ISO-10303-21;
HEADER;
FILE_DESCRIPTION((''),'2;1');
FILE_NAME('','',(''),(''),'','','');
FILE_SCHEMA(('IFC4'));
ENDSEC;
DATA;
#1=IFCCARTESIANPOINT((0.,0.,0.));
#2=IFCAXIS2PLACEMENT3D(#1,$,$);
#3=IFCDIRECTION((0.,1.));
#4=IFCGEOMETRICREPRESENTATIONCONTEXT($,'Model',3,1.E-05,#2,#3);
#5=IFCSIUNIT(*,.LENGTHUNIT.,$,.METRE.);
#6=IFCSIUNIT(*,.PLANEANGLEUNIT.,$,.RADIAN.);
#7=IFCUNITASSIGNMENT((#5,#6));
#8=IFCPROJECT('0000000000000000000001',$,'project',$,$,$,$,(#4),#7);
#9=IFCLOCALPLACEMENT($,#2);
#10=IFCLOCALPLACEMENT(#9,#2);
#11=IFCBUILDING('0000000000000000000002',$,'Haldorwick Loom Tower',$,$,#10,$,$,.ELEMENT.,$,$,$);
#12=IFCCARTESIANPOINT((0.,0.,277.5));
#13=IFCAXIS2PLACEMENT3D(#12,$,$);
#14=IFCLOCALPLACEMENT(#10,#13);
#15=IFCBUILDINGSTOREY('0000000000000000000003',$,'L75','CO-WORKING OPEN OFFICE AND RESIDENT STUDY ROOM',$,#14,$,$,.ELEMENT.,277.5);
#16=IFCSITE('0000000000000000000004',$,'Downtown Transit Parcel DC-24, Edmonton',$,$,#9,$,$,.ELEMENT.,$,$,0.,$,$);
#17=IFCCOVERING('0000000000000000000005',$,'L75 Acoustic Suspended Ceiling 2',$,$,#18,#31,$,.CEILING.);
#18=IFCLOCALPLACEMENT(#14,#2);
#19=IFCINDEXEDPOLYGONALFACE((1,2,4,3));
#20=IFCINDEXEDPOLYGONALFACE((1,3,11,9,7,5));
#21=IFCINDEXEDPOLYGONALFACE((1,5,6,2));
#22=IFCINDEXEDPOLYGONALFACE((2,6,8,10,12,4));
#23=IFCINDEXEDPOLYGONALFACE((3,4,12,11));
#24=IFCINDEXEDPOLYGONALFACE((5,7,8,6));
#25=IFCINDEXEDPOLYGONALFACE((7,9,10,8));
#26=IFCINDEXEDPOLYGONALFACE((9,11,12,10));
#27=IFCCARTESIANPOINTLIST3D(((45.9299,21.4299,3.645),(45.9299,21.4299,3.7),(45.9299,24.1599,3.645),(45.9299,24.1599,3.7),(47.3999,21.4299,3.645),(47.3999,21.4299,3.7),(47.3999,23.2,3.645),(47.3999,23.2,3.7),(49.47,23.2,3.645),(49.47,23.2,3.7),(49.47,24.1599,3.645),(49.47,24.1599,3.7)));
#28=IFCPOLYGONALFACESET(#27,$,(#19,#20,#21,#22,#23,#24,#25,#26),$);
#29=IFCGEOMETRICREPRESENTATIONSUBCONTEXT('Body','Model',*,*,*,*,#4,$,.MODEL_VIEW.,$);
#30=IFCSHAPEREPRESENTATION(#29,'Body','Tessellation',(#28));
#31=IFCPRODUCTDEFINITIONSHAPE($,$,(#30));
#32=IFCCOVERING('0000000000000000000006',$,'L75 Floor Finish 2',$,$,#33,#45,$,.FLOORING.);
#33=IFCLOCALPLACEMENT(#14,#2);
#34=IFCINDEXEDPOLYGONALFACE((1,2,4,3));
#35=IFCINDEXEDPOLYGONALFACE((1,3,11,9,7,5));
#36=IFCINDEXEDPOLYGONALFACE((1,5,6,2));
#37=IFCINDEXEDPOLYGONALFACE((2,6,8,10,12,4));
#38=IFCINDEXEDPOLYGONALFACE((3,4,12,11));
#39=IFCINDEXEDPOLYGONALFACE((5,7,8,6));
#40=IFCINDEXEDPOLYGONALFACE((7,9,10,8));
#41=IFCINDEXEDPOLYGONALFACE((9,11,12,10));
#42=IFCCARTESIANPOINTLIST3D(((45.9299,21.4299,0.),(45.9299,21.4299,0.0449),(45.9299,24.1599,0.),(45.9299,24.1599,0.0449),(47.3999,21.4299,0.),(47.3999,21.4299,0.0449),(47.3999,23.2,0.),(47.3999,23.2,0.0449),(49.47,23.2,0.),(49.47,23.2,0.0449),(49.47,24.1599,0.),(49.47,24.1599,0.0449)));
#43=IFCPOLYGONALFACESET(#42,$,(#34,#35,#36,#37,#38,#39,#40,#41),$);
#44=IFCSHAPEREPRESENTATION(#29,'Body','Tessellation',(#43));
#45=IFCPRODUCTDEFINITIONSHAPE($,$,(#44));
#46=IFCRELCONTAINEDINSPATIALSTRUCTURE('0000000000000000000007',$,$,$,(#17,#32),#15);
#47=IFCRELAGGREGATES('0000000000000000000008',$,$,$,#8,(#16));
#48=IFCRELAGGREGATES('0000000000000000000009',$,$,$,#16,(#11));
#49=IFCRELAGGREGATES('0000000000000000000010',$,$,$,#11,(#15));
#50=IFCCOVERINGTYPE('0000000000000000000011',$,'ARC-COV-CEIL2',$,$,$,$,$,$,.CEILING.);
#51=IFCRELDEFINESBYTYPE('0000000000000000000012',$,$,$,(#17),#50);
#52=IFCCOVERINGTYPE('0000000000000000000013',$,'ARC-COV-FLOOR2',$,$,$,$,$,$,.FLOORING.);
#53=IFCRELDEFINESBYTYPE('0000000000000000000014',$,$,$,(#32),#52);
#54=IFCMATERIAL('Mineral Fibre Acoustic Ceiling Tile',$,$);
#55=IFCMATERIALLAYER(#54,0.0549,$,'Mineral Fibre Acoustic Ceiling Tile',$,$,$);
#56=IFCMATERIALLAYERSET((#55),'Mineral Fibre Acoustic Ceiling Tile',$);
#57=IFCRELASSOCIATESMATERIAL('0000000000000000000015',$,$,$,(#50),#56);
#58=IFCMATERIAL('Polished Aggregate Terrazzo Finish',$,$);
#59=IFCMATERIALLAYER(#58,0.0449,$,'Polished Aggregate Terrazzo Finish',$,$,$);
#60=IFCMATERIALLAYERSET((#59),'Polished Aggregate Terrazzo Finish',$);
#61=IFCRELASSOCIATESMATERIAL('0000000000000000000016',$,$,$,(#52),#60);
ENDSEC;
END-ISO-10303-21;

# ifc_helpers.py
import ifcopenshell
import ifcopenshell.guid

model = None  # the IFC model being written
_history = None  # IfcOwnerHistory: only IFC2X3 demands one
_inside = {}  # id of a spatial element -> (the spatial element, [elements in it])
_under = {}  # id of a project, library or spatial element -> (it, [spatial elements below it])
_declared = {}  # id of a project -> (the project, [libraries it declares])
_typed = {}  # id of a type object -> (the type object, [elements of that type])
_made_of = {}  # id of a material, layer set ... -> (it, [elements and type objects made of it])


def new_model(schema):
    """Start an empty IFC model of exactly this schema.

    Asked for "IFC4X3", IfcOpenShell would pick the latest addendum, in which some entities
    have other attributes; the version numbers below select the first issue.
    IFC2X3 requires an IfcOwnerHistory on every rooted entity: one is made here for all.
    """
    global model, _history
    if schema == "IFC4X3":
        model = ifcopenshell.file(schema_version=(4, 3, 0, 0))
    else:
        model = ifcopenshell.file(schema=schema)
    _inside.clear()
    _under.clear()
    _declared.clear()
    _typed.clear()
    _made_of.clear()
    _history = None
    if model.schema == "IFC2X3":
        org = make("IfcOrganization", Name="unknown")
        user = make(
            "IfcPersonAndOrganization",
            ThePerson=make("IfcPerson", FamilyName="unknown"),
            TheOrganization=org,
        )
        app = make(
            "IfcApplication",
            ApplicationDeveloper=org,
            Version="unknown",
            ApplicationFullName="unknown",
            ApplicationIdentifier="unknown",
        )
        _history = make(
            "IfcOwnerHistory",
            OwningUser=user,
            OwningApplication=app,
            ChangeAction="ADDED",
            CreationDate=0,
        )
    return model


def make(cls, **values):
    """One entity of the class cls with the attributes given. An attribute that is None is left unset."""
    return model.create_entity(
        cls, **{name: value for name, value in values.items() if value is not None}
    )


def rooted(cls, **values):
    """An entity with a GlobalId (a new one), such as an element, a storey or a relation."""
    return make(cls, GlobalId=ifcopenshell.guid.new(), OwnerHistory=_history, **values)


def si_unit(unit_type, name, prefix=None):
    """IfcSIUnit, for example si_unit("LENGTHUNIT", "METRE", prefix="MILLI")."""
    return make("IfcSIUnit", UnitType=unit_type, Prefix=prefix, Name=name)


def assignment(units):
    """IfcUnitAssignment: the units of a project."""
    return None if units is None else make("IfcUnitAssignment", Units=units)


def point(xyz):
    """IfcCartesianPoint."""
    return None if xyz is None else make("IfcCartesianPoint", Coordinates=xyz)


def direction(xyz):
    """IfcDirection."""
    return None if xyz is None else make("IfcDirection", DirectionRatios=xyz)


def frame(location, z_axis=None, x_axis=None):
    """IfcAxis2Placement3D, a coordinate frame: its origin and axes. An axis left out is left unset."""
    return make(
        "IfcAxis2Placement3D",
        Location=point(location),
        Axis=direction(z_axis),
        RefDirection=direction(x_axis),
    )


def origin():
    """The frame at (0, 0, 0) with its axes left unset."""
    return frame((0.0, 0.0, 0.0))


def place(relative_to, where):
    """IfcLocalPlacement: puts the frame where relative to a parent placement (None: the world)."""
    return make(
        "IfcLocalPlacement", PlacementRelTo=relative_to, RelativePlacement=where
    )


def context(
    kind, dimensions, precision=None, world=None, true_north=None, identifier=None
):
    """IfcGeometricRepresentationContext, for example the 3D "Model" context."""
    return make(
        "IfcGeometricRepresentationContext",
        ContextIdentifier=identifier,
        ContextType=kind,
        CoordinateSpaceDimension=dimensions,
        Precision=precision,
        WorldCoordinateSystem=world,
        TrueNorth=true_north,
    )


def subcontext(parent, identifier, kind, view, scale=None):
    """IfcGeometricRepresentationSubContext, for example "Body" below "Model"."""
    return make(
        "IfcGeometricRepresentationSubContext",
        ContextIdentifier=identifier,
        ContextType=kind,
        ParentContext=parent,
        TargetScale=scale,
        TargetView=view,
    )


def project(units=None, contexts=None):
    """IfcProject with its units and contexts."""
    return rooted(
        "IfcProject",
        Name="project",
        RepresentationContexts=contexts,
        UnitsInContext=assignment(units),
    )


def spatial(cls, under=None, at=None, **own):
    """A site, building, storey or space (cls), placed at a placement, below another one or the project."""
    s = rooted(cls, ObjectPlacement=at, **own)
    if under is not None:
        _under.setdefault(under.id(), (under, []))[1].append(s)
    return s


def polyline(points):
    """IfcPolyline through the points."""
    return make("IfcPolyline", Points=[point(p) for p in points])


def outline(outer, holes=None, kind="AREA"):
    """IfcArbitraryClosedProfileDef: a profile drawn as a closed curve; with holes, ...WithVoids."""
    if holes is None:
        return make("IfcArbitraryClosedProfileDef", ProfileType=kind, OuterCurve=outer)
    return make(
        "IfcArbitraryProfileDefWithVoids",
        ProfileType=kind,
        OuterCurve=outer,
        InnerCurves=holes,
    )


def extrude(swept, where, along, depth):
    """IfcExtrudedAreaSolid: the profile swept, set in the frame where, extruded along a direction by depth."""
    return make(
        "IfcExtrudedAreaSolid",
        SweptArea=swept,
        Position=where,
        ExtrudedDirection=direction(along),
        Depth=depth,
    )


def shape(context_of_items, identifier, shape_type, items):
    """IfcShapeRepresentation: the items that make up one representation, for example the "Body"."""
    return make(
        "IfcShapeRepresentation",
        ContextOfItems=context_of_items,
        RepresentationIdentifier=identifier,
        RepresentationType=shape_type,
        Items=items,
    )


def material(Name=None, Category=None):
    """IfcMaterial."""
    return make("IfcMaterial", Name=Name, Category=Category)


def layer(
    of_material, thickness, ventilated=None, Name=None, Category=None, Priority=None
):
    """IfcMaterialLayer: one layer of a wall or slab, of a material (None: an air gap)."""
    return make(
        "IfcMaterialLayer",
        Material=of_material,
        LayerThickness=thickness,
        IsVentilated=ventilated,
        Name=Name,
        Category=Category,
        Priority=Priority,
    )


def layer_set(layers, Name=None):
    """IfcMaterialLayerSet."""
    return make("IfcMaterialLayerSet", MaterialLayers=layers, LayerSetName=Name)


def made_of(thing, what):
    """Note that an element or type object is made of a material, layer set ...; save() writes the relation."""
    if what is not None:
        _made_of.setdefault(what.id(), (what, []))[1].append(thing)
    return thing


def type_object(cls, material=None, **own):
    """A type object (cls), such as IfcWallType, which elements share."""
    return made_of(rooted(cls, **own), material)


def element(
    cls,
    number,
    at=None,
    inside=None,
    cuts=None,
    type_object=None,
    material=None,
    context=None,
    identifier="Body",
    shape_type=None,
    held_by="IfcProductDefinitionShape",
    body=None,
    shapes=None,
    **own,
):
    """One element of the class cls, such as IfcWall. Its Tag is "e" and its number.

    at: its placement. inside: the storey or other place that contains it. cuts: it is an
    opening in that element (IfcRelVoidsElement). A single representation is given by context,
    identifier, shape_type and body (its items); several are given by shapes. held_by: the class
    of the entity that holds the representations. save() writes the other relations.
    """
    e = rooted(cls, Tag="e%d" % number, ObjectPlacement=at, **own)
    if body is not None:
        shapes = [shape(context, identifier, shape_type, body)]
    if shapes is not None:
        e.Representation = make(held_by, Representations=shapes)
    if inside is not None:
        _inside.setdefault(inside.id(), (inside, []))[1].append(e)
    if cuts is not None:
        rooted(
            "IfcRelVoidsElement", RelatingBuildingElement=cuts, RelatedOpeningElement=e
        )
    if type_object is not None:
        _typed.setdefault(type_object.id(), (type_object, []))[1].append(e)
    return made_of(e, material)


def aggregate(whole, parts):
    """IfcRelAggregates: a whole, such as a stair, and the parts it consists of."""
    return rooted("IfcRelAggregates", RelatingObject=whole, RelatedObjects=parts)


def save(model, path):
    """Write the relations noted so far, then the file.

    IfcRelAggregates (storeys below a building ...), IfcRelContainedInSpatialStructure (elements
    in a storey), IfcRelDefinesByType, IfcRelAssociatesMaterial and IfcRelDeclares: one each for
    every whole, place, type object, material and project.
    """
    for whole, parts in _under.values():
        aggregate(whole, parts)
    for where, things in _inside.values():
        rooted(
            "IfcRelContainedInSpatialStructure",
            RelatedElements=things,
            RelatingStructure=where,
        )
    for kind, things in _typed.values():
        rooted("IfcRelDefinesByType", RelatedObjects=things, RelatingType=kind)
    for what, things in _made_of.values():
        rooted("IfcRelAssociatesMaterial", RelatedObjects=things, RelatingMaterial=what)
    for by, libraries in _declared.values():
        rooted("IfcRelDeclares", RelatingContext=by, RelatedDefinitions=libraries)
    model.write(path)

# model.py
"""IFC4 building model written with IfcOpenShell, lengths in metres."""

from ifc_helpers import new_model, si_unit, direction, frame, origin, place, context, subcontext, project, spatial, polyline, outline, extrude, material, layer, layer_set, type_object, element, save


model = new_model("IFC4")

# Units and contexts
model_context = context("Model", 3, precision=1e-05, world=origin(), true_north=direction((0.0, 1.0)))
body_context = subcontext(model_context, "Body", "Model", "MODEL_VIEW")
ifc_project = project(units=[si_unit("LENGTHUNIT", "METRE"), si_unit("PLANEANGLEUNIT", "RADIAN")], contexts=[model_context])

# Site, building, storey
site_placement = place(None, origin())
site = spatial("IfcSite", under=ifc_project, at=site_placement, Name="Downtown Transit Parcel DC-24, Edmonton", CompositionType="ELEMENT", RefElevation=0.0)
building_placement = place(site_placement, origin())
building = spatial("IfcBuilding", under=site, at=building_placement, Name="Haldorwick Loom Tower", CompositionType="ELEMENT")
storey_placement = place(building_placement, frame((0.0, 0.0, 277.5)))
storey = spatial("IfcBuildingStorey", under=building, at=storey_placement, Name="L75", Description="CO-WORKING OPEN OFFICE AND RESIDENT STUDY ROOM", CompositionType="ELEMENT", Elevation=277.5)

# Coverings
ifc_material_1 = material(Name="Mineral Fibre Acoustic Ceiling Tile")
ifc_layer_1 = layer(ifc_material_1, 0.0549, Name="Mineral Fibre Acoustic Ceiling Tile")
ifc_layer_set_1 = layer_set([ifc_layer_1], Name="Mineral Fibre Acoustic Ceiling Tile")
covering_type_1 = type_object("IfcCoveringType", Name="ARC-COV-CEIL2", PredefinedType="CEILING", material=ifc_layer_set_1)
covering_1_placement = place(storey_placement, frame((0.0, 0.0, 3.645)))
element("IfcCovering", 1, at=covering_1_placement, inside=storey, type_object=covering_type_1, Name="L75 Acoustic Suspended Ceiling 2", PredefinedType="CEILING", context=body_context, shape_type="SweptSolid", body=[
    extrude(outline(polyline([(45.9299, 24.1599), (45.9299, 21.4299), (47.3999, 21.4299), (47.3999, 23.2), (49.47, 23.2), (49.47, 24.1599), (45.9299, 24.1599)])), origin(), (0.0, 0.0, 1.0), 0.0549),
])
ifc_material_2 = material(Name="Polished Aggregate Terrazzo Finish")
ifc_layer_2 = layer(ifc_material_2, 0.0449, Name="Polished Aggregate Terrazzo Finish")
ifc_layer_set_2 = layer_set([ifc_layer_2], Name="Polished Aggregate Terrazzo Finish")
covering_type_2 = type_object("IfcCoveringType", Name="ARC-COV-FLOOR2", PredefinedType="FLOORING", material=ifc_layer_set_2)
covering_2_placement = place(storey_placement, origin())
element("IfcCovering", 2, at=covering_2_placement, inside=storey, type_object=covering_type_2, Name="L75 Floor Finish 2", PredefinedType="FLOORING", context=body_context, shape_type="SweptSolid", body=[
    extrude(outline(polyline([(45.9299, 24.1599), (45.9299, 21.4299), (47.3999, 21.4299), (47.3999, 23.2), (49.47, 23.2), (49.47, 24.1599), (45.9299, 24.1599)])), origin(), (0.0, 0.0, 1.0), 0.0449),
])

save(model, "model.ifc")
